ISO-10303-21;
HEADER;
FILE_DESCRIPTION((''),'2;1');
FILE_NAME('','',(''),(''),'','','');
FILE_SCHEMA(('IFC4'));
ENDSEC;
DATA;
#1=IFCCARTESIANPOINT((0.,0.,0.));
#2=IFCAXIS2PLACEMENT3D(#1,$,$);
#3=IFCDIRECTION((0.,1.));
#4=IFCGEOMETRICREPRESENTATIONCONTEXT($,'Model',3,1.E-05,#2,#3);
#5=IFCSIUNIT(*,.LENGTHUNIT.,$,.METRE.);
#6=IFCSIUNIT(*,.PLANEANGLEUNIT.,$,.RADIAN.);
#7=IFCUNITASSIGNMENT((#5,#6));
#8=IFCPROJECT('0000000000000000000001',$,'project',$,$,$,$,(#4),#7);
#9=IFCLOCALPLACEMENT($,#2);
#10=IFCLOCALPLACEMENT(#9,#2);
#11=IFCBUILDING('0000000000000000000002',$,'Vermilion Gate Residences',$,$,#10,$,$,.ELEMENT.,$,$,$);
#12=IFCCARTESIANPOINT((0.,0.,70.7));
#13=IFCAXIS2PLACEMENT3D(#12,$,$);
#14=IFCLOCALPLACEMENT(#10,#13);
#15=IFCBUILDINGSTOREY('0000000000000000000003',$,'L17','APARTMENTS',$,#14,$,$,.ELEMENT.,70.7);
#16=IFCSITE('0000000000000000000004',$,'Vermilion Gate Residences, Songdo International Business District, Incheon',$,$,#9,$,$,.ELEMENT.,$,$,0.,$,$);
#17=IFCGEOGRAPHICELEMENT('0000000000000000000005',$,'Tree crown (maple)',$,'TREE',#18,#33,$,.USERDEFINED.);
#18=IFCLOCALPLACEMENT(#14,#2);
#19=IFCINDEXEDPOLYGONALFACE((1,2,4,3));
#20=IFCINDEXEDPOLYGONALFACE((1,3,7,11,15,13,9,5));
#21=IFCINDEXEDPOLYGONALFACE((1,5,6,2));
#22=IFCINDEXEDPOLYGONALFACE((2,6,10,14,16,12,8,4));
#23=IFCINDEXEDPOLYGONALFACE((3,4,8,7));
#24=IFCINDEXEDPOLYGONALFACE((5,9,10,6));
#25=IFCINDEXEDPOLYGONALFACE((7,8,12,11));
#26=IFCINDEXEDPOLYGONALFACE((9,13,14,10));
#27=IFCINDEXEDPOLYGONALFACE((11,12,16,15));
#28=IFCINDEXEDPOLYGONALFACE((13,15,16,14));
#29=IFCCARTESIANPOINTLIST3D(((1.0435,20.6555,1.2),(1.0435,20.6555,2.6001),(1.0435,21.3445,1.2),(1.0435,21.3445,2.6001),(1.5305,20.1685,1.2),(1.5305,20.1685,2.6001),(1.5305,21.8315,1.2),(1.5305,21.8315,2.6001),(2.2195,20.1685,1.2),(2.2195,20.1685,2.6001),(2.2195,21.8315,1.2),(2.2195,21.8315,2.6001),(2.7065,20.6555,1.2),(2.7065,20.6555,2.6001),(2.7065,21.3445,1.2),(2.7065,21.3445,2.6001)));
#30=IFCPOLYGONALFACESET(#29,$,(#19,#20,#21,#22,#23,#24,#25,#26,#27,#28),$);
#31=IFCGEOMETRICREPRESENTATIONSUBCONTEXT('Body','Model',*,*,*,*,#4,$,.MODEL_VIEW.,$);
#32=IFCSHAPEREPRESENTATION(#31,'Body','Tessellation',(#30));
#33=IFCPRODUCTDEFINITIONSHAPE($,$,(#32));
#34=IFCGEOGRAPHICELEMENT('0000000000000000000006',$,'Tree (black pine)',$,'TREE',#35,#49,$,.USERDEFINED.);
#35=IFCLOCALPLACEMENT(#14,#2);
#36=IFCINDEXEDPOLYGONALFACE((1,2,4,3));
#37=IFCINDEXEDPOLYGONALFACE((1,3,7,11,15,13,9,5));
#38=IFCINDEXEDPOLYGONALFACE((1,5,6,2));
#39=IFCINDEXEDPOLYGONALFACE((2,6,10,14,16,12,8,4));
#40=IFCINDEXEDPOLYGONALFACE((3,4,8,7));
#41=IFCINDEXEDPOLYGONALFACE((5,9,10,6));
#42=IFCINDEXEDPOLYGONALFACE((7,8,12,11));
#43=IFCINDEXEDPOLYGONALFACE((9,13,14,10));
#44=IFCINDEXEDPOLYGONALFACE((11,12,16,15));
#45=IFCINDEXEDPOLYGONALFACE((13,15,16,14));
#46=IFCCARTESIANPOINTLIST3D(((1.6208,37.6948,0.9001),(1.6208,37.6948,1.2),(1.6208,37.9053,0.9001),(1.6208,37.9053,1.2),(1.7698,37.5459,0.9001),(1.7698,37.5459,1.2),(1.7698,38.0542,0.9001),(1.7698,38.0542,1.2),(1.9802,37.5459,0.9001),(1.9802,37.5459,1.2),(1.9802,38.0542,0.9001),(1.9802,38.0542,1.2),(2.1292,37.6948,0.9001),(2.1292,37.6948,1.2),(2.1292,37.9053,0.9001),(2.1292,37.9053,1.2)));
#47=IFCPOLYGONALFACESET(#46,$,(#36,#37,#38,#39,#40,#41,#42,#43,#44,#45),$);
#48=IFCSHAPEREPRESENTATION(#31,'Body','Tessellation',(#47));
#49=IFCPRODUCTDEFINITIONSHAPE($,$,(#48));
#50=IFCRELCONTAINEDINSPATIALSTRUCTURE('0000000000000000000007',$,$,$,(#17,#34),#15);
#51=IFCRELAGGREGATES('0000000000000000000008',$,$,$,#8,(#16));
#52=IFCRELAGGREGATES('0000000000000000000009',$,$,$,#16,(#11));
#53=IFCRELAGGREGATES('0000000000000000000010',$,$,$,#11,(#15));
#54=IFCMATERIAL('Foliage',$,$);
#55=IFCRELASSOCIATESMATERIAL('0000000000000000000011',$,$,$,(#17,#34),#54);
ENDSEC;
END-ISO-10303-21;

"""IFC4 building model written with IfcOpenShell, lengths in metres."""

from ifc_helpers import new_model, si_unit, direction, frame, origin, place, context, subcontext, project, spatial, polyline, outline, extrude, material, element, save


model = new_model("IFC4")

# Units and contexts
model_context = context("Model", 3, precision=1e-05, world=origin(), true_north=direction((0.0, 1.0)))
body_context = subcontext(model_context, "Body", "Model", "MODEL_VIEW")
ifc_project = project(units=[si_unit("LENGTHUNIT", "METRE"), si_unit("PLANEANGLEUNIT", "RADIAN")], contexts=[model_context])

# Site, building, storey
site_placement = place(None, origin())
site = spatial("IfcSite", under=ifc_project, at=site_placement, Name="Vermilion Gate Residences, Songdo International Business District, Incheon", CompositionType="ELEMENT", RefElevation=0.0)
building_placement = place(site_placement, origin())
building = spatial("IfcBuilding", under=site, at=building_placement, Name="Vermilion Gate Residences", CompositionType="ELEMENT")
storey_placement = place(building_placement, frame((0.0, 0.0, 70.7)))
storey = spatial("IfcBuildingStorey", under=building, at=storey_placement, Name="L17", Description="APARTMENTS", CompositionType="ELEMENT", Elevation=70.7)

# Geographic elements
ifc_material = material(Name="Foliage")
geographic_element_1_placement = place(storey_placement, frame((0.0, 0.0, 1.2)))
element("IfcGeographicElement", 1, at=geographic_element_1_placement, inside=storey, material=ifc_material, Name="Tree crown (maple)", ObjectType="TREE", PredefinedType="USERDEFINED", context=body_context, shape_type="SweptSolid", body=[
    extrude(outline(polyline([(2.7065, 21.3445), (2.2195, 21.8315), (1.5305, 21.8315), (1.0435, 21.3445), (1.0435, 20.6555), (1.5305, 20.1685), (2.2195, 20.1685), (2.7065, 20.6555), (2.7065, 21.3445)])), origin(), (0.0, 0.0, 1.0), 1.4001),
])
geographic_element_2_placement = place(storey_placement, frame((0.0, 0.0, 0.9001)))
element("IfcGeographicElement", 2, at=geographic_element_2_placement, inside=storey, material=ifc_material, Name="Tree (black pine)", ObjectType="TREE", PredefinedType="USERDEFINED", context=body_context, shape_type="SweptSolid", body=[
    extrude(outline(polyline([(2.1292, 37.9053), (1.9802, 38.0542), (1.7698, 38.0542), (1.6208, 37.9053), (1.6208, 37.6948), (1.7698, 37.5459), (1.9802, 37.5459), (2.1292, 37.6948), (2.1292, 37.9053)])), origin(), (0.0, 0.0, 1.0), 0.2998),
])

save(model, "model.ifc")
